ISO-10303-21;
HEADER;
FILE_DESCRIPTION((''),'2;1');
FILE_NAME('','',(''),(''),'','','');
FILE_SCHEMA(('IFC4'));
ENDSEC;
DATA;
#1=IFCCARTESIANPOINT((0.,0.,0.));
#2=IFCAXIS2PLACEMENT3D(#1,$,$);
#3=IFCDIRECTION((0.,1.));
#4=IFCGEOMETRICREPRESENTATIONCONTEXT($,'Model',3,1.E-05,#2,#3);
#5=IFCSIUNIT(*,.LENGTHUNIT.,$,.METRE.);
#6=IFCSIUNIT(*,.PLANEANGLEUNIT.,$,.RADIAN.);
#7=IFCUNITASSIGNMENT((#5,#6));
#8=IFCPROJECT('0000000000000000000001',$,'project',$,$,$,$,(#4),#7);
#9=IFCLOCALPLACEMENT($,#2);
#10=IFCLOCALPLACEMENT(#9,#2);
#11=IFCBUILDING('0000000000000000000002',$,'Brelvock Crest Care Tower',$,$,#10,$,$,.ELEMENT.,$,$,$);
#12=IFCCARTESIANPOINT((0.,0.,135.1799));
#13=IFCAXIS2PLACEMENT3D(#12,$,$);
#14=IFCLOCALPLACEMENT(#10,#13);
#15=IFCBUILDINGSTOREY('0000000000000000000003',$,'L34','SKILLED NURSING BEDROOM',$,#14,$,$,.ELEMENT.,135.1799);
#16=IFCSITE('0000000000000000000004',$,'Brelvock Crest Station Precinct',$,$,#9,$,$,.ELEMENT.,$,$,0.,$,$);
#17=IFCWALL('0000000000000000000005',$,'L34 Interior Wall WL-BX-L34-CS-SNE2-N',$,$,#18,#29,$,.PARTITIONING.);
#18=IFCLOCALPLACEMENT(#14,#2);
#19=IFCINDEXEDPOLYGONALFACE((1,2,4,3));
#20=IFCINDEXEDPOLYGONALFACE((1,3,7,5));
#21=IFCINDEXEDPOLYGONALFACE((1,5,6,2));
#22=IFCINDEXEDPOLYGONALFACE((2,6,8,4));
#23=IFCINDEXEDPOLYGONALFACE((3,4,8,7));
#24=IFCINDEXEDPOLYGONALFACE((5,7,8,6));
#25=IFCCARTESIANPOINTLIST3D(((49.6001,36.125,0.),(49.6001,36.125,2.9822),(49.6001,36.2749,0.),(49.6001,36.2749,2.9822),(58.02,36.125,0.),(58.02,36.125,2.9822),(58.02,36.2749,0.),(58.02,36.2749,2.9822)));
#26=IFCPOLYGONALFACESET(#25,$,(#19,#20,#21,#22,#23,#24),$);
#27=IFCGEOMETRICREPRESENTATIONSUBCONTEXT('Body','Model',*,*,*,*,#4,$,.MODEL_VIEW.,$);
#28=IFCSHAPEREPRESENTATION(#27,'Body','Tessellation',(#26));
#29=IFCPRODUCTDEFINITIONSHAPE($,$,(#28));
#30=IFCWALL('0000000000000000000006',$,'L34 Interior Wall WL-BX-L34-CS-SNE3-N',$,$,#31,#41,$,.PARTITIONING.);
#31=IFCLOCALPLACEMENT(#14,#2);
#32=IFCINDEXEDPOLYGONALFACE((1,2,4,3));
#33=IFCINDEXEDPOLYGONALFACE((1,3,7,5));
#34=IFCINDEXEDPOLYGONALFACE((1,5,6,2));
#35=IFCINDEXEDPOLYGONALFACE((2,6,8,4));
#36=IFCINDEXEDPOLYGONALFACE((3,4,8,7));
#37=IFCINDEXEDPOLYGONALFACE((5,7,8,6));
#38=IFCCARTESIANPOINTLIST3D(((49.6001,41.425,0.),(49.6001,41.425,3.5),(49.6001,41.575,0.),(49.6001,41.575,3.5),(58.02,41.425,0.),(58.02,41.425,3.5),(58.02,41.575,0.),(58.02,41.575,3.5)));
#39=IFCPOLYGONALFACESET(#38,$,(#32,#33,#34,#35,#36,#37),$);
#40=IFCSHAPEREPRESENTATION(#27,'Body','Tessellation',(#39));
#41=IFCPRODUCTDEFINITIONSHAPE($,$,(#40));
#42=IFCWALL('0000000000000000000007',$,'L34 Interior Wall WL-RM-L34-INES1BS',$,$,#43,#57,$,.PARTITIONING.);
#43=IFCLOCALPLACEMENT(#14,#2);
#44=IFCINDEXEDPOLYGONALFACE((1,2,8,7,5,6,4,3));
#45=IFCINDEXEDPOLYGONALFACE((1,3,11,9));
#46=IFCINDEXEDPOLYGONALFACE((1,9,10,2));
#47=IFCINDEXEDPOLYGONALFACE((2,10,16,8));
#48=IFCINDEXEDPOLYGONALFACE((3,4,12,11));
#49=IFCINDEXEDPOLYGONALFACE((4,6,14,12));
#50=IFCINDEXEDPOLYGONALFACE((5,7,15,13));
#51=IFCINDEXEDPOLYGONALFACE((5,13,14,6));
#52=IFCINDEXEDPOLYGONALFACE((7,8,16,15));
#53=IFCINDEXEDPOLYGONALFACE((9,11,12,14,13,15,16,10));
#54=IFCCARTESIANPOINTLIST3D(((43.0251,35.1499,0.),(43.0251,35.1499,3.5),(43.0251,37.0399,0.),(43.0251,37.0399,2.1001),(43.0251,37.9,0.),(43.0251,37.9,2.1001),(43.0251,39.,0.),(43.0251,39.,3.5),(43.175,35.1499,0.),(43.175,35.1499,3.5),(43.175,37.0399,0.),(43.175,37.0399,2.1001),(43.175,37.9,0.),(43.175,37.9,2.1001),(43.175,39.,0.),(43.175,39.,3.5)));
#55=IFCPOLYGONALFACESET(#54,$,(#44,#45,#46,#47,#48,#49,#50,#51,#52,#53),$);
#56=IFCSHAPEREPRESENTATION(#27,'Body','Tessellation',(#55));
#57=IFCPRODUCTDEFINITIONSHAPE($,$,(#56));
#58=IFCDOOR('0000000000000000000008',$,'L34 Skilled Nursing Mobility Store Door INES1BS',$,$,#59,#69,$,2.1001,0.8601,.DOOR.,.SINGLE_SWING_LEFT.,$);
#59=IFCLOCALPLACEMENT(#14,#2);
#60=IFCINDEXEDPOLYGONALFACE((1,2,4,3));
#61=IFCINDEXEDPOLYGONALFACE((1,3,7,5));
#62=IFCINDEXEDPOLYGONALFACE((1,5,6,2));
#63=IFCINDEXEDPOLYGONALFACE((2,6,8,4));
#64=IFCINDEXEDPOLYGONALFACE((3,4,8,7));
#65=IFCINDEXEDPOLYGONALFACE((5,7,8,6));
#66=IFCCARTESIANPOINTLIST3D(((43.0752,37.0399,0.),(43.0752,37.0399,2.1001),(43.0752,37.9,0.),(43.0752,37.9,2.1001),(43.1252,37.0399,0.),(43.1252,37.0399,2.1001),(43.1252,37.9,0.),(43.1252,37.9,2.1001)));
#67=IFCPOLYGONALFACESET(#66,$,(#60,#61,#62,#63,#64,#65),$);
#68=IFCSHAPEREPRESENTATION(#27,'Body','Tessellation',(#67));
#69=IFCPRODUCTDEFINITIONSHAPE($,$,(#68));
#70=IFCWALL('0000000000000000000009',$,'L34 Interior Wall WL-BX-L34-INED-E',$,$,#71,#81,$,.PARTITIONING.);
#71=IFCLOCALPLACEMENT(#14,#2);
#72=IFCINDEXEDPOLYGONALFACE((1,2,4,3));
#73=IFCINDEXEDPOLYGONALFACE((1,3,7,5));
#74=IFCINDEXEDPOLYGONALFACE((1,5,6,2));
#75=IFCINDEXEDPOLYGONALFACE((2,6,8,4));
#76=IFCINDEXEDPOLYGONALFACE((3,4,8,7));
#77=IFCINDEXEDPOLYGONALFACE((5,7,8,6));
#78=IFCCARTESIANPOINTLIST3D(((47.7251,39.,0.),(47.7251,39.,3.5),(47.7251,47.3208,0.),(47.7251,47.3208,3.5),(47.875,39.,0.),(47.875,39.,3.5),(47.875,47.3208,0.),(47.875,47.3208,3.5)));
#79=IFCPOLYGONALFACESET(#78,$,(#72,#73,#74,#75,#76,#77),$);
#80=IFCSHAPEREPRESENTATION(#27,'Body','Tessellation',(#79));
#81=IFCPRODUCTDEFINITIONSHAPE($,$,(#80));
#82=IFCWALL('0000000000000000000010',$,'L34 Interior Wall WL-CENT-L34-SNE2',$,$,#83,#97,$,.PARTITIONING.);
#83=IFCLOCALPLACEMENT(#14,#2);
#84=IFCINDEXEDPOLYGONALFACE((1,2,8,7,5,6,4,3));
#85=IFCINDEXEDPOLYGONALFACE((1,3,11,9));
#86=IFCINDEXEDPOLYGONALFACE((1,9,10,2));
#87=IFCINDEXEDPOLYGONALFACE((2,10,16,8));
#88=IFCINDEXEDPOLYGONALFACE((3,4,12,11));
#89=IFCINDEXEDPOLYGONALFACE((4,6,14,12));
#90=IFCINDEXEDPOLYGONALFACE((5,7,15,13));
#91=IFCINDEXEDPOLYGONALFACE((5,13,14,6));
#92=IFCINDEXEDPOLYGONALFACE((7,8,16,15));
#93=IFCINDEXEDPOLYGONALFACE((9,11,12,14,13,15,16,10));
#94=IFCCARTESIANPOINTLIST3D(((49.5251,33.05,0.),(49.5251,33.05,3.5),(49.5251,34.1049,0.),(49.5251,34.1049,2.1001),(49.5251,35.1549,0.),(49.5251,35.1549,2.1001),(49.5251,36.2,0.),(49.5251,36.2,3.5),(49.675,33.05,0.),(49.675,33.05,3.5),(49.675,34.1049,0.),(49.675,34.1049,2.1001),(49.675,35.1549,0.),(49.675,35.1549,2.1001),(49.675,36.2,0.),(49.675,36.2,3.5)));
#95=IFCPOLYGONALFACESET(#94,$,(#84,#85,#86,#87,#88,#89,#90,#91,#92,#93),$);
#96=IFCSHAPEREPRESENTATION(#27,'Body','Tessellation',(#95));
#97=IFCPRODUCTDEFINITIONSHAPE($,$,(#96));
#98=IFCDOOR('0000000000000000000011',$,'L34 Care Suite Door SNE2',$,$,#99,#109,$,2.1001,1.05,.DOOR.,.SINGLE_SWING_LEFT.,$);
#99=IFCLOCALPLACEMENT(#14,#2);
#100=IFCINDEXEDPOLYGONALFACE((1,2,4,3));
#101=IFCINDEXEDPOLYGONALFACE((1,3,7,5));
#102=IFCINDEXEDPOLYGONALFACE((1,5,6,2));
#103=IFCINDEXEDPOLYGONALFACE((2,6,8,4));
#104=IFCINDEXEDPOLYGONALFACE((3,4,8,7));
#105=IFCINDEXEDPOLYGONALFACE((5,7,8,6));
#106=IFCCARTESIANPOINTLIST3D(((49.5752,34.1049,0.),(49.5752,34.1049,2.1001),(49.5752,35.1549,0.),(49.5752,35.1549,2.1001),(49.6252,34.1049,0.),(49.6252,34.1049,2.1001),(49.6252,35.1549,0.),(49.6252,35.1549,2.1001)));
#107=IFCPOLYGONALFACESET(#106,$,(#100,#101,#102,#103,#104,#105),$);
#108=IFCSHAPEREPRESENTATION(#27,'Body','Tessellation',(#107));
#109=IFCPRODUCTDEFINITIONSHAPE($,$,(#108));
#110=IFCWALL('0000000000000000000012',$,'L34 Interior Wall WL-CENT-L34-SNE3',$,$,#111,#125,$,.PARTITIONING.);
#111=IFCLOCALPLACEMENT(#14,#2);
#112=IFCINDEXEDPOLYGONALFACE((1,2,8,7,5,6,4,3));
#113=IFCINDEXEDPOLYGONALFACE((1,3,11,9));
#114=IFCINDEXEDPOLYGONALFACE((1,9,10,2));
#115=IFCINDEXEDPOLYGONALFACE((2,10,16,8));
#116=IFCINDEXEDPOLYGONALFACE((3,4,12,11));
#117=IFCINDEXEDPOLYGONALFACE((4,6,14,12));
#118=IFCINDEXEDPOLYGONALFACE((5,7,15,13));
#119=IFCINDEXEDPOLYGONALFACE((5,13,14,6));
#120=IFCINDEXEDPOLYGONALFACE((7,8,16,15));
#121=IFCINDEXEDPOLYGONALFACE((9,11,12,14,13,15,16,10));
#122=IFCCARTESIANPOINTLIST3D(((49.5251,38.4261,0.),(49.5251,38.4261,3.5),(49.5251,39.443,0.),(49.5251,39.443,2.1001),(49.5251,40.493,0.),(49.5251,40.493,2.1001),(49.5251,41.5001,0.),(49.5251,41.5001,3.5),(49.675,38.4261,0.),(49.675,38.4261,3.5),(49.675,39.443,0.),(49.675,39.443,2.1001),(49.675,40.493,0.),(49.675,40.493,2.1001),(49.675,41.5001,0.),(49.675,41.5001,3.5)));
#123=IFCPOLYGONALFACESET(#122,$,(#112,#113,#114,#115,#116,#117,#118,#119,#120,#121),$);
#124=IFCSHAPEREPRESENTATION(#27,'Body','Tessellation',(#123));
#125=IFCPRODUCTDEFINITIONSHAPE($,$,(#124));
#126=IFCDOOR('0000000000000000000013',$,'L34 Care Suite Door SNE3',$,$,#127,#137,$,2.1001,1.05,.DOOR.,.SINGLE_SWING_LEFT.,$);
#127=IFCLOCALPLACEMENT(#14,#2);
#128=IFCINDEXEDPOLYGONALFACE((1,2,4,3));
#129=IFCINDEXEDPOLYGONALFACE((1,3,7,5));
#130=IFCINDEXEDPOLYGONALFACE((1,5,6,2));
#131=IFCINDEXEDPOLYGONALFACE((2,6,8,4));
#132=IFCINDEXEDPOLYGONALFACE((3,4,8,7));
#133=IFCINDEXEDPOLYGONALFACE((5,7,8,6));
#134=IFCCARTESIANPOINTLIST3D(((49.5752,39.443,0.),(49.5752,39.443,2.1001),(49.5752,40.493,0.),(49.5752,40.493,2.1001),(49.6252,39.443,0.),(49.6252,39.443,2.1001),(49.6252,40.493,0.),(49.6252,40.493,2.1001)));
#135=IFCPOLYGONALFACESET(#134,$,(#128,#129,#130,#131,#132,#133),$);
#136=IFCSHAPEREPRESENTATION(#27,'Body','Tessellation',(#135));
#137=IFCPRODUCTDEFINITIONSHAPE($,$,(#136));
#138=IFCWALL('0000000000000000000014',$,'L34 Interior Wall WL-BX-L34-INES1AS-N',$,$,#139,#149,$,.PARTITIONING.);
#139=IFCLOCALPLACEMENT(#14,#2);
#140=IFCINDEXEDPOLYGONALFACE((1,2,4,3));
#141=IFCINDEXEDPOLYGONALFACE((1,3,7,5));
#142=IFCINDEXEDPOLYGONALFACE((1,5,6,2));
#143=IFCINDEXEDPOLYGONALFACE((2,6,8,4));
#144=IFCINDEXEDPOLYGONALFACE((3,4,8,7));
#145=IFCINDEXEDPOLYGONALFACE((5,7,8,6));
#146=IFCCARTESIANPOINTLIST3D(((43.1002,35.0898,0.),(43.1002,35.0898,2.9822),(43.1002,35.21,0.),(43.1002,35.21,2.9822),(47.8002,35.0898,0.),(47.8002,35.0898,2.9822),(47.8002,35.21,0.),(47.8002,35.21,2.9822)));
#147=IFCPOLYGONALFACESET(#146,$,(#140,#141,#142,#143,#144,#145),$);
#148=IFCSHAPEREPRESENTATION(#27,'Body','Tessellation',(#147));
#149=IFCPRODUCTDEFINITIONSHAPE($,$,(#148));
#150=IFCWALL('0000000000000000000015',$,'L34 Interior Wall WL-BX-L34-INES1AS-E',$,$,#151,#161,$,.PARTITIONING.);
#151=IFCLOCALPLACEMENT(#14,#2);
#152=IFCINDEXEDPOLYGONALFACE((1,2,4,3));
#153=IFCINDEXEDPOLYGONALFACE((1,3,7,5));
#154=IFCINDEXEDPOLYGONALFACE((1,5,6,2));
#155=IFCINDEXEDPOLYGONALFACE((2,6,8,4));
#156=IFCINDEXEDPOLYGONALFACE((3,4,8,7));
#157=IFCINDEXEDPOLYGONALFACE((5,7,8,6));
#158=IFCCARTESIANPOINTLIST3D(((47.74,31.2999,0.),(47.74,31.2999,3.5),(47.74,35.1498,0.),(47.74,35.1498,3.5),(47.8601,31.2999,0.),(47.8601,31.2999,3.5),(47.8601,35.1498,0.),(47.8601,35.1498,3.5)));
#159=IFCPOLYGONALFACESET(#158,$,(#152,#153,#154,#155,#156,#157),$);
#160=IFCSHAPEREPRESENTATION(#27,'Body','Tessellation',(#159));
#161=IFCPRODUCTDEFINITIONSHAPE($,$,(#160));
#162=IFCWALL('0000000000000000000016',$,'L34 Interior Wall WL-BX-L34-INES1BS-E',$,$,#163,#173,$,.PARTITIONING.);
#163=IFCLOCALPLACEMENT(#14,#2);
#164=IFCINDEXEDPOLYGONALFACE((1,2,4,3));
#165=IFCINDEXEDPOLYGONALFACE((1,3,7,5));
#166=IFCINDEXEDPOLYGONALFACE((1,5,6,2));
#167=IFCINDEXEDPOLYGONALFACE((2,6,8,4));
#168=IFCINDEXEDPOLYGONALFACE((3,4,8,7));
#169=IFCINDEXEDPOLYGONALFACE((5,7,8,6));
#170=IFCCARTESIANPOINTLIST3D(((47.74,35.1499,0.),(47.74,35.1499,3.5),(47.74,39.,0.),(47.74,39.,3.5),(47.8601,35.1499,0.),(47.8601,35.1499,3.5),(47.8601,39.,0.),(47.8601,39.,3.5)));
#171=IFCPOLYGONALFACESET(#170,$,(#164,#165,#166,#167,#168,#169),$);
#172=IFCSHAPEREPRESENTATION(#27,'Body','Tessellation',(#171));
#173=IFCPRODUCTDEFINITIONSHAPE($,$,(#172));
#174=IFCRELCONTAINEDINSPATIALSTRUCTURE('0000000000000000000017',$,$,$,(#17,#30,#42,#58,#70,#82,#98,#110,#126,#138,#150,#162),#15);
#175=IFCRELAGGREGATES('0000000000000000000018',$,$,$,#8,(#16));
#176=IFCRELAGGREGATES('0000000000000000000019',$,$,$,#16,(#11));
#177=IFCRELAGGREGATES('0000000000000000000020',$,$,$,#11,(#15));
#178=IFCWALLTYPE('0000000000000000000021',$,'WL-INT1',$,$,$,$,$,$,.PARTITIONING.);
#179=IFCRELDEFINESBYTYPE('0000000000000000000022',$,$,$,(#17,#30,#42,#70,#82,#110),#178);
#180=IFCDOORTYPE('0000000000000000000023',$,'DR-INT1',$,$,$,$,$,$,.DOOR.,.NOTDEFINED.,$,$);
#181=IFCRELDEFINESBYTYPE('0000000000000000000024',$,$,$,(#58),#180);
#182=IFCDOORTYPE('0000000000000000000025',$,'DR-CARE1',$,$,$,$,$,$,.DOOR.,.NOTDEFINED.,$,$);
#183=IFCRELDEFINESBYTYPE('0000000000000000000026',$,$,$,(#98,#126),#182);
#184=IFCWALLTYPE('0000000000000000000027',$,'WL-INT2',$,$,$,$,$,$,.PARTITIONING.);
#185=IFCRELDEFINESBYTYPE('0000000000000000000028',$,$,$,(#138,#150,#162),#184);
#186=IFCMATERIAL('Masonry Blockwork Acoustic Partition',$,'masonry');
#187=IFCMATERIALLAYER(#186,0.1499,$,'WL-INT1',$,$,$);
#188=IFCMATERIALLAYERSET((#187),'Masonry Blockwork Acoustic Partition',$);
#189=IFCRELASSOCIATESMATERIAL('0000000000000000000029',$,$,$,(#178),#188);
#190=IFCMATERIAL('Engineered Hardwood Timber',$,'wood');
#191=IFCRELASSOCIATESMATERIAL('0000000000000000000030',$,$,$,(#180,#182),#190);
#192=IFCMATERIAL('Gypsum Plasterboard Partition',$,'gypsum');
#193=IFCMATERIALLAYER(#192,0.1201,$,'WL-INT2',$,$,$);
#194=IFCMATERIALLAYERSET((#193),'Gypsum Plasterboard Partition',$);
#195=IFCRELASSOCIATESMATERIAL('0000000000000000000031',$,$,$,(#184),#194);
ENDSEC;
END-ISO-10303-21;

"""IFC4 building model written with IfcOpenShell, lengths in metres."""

from ifc_helpers import new_model, si_unit, direction, frame, frame_2d, origin, origin_2d, place, context, subcontext, project, spatial, rectangle, extrude, source, transform, mapped, material, layer, layer_set, type_object, element, fill, save


model = new_model("IFC4")

# Units and contexts
model_context = context("Model", 3, precision=1e-05, world=origin(), true_north=direction((0.0, 1.0)))
body_context = subcontext(model_context, "Body", "Model", "MODEL_VIEW")
ifc_project = project(units=[si_unit("LENGTHUNIT", "METRE"), si_unit("PLANEANGLEUNIT", "RADIAN")], contexts=[model_context])

# Site, building, storey
site_placement = place(None, origin())
site = spatial("IfcSite", under=ifc_project, at=site_placement, Name="Brelvock Crest Station Precinct", CompositionType="ELEMENT", RefElevation=0.0)
building_placement = place(site_placement, origin())
building = spatial("IfcBuilding", under=site, at=building_placement, Name="Brelvock Crest Care Tower", CompositionType="ELEMENT")
storey_placement = place(building_placement, frame((0.0, 0.0, 135.1799)))
storey = spatial("IfcBuildingStorey", under=building, at=storey_placement, Name="L34", Description="SKILLED NURSING BEDROOM", CompositionType="ELEMENT", Elevation=135.1799)

# Walls
ifc_material_1 = material(Name="Masonry Blockwork Acoustic Partition", Category="masonry")
ifc_layer_1 = layer(ifc_material_1, 0.1499, Name="WL-INT1")
ifc_layer_set_1 = layer_set([ifc_layer_1], Name="Masonry Blockwork Acoustic Partition")
wall_type_1 = type_object("IfcWallType", Name="WL-INT1", PredefinedType="PARTITIONING", material=ifc_layer_set_1)
wall_1_placement = place(storey_placement, frame((49.6001, 36.2, 0.0), z_axis=(0.0, 0.0, 1.0), x_axis=(1.0, 0.0, 0.0)))
element("IfcWall", 1, at=wall_1_placement, inside=storey, type_object=wall_type_1, Name="L34 Interior Wall WL-BX-L34-CS-SNE2-N", PredefinedType="PARTITIONING", context=body_context, shape_type="SweptSolid", body=[
    extrude(rectangle(XDim=8.4199, YDim=0.1499, at=frame_2d((4.21, 0.0))), origin(), (0.0, 0.0, 1.0), 2.9822),
])
wall_2_placement = place(storey_placement, frame((49.6001, 41.5, 0.0), z_axis=(0.0, 0.0, 1.0), x_axis=(1.0, 0.0, 0.0)))
element("IfcWall", 2, at=wall_2_placement, inside=storey, type_object=wall_type_1, Name="L34 Interior Wall WL-BX-L34-CS-SNE3-N", PredefinedType="PARTITIONING", context=body_context, shape_type="SweptSolid", body=[
    extrude(rectangle(XDim=8.4199, YDim=0.1499, at=frame_2d((4.21, 0.0))), origin(), (0.0, 0.0, 1.0), 3.5),
])

# Wall, opening, door
wall_3_placement = place(storey_placement, frame((43.1001, 35.1499, 0.0), z_axis=(0.0, 0.0, 1.0), x_axis=(0.0, 1.0, 0.0)))
wall_3 = element("IfcWall", 3, at=wall_3_placement, inside=storey, type_object=wall_type_1, Name="L34 Interior Wall WL-RM-L34-INES1BS", PredefinedType="PARTITIONING", context=body_context, shape_type="SweptSolid", body=[
    extrude(rectangle(XDim=3.8501, YDim=0.1499, at=frame_2d((1.925, 0.0))), origin(), (0.0, 0.0, 1.0), 3.5),
])
opening_1_placement = place(wall_3_placement, frame((1.8899, 0.0, 0.0)))
opening_1 = element("IfcOpeningElement", 4, at=opening_1_placement, cuts=wall_3, PredefinedType="OPENING", context=body_context, shape_type="SweptSolid", body=[
    extrude(rectangle(XDim=0.8601, YDim=2.1001, at=origin_2d()), frame((0.4302, 0.085, 1.05), z_axis=(0.0, -1.0, 0.0), x_axis=(1.0, 0.0, 0.0)), (0.0, 0.0, 1.0), 0.1699),
])
ifc_material_2 = material(Name="Engineered Hardwood Timber", Category="wood")
door_type_1 = type_object("IfcDoorType", Name="DR-INT1", OperationType="NOTDEFINED", PredefinedType="DOOR", material=ifc_material_2)
shared_shape_1 = source(origin(), body_context, "Body", "SweptSolid", [
    extrude(rectangle(XDim=0.8601, YDim=2.1001, at=origin_2d()), frame((0.4302, 0.0249, 1.05), z_axis=(0.0, -1.0, 0.0), x_axis=(1.0, 0.0, 0.0)), (0.0, 0.0, 1.0), 0.05),
])
door_1_placement = place(opening_1_placement, origin())
door_1 = element("IfcDoor", 5, at=door_1_placement, inside=storey, type_object=door_type_1, Name="L34 Skilled Nursing Mobility Store Door INES1BS", OperationType="SINGLE_SWING_LEFT", OverallHeight=2.1001, OverallWidth=0.8601, PredefinedType="DOOR", context=body_context, shape_type="MappedRepresentation", body=[
    mapped(shared_shape_1, transform((0.0, 0.0, 0.0), x_axis=(1.0, 0.0, 0.0), y_axis=(0.0, 1.0, 0.0), z_axis=(0.0, 0.0, 1.0), scale=1.0)),
])
fill(opening_1, door_1)

# Wall
wall_4_placement = place(storey_placement, frame((47.8, 39.0, 0.0), z_axis=(0.0, 0.0, 1.0), x_axis=(0.0, 1.0, 0.0)))
element("IfcWall", 6, at=wall_4_placement, inside=storey, type_object=wall_type_1, Name="L34 Interior Wall WL-BX-L34-INED-E", PredefinedType="PARTITIONING", context=body_context, shape_type="SweptSolid", body=[
    extrude(rectangle(XDim=8.3208, YDim=0.1499, at=frame_2d((4.1604, 0.0))), origin(), (0.0, 0.0, 1.0), 3.5),
])

# Walls, openings, doors
wall_5_placement = place(storey_placement, frame((49.6001, 33.05, 0.0), z_axis=(0.0, 0.0, 1.0), x_axis=(0.0, 1.0, 0.0)))
wall_5 = element("IfcWall", 7, at=wall_5_placement, inside=storey, type_object=wall_type_1, Name="L34 Interior Wall WL-CENT-L34-SNE2", PredefinedType="PARTITIONING", context=body_context, shape_type="SweptSolid", body=[
    extrude(rectangle(XDim=3.1499, YDim=0.1499, at=frame_2d((1.575, 0.0))), origin(), (0.0, 0.0, 1.0), 3.5),
])
opening_2_placement = place(wall_5_placement, frame((1.0549, 0.0, 0.0)))
opening_2 = element("IfcOpeningElement", 8, at=opening_2_placement, cuts=wall_5, PredefinedType="OPENING", context=body_context, shape_type="SweptSolid", body=[
    extrude(rectangle(XDim=1.05, YDim=2.1001, at=origin_2d()), frame((0.5249, 0.085, 1.05), z_axis=(0.0, -1.0, 0.0), x_axis=(1.0, 0.0, 0.0)), (0.0, 0.0, 1.0), 0.1699),
])
door_type_2 = type_object("IfcDoorType", Name="DR-CARE1", OperationType="NOTDEFINED", PredefinedType="DOOR", material=ifc_material_2)
shared_shape_2 = source(origin(), body_context, "Body", "SweptSolid", [
    extrude(rectangle(XDim=1.05, YDim=2.1001, at=origin_2d()), frame((0.5249, 0.0249, 1.05), z_axis=(0.0, -1.0, 0.0), x_axis=(1.0, 0.0, 0.0)), (0.0, 0.0, 1.0), 0.05),
])
door_2_placement = place(opening_2_placement, origin())
door_2 = element("IfcDoor", 9, at=door_2_placement, inside=storey, type_object=door_type_2, Name="L34 Care Suite Door SNE2", OperationType="SINGLE_SWING_LEFT", OverallHeight=2.1001, OverallWidth=1.05, PredefinedType="DOOR", context=body_context, shape_type="MappedRepresentation", body=[
    mapped(shared_shape_2, transform((0.0, 0.0, 0.0), x_axis=(1.0, 0.0, 0.0), y_axis=(0.0, 1.0, 0.0), z_axis=(0.0, 0.0, 1.0), scale=1.0)),
])
fill(opening_2, door_2)
wall_6_placement = place(storey_placement, frame((49.6001, 38.426, 0.0), z_axis=(0.0, 0.0, 1.0), x_axis=(0.0, 1.0, 0.0)))
wall_6 = element("IfcWall", 10, at=wall_6_placement, inside=storey, type_object=wall_type_1, Name="L34 Interior Wall WL-CENT-L34-SNE3", PredefinedType="PARTITIONING", context=body_context, shape_type="SweptSolid", body=[
    extrude(rectangle(XDim=3.074, YDim=0.1499, at=frame_2d((1.5371, 0.0))), origin(), (0.0, 0.0, 1.0), 3.5),
])
opening_3_placement = place(wall_6_placement, frame((1.0171, 0.0, 0.0)))
opening_3 = element("IfcOpeningElement", 11, at=opening_3_placement, cuts=wall_6, PredefinedType="OPENING", context=body_context, shape_type="SweptSolid", body=[
    extrude(rectangle(XDim=1.05, YDim=2.1001, at=origin_2d()), frame((0.5249, 0.085, 1.05), z_axis=(0.0, -1.0, 0.0), x_axis=(1.0, 0.0, 0.0)), (0.0, 0.0, 1.0), 0.1699),
])
door_3_placement = place(opening_3_placement, origin())
door_3 = element("IfcDoor", 12, at=door_3_placement, inside=storey, type_object=door_type_2, Name="L34 Care Suite Door SNE3", OperationType="SINGLE_SWING_LEFT", OverallHeight=2.1001, OverallWidth=1.05, PredefinedType="DOOR", context=body_context, shape_type="MappedRepresentation", body=[
    mapped(shared_shape_2, transform((0.0, 0.0, 0.0), x_axis=(1.0, 0.0, 0.0), y_axis=(0.0, 1.0, 0.0), z_axis=(0.0, 0.0, 1.0), scale=1.0)),
])
fill(opening_3, door_3)

# Walls
ifc_material_3 = material(Name="Gypsum Plasterboard Partition", Category="gypsum")
ifc_layer_2 = layer(ifc_material_3, 0.1201, Name="WL-INT2")
ifc_layer_set_2 = layer_set([ifc_layer_2], Name="Gypsum Plasterboard Partition")
wall_type_2 = type_object("IfcWallType", Name="WL-INT2", PredefinedType="PARTITIONING", material=ifc_layer_set_2)
wall_7_placement = place(storey_placement, frame((43.1001, 35.1499, 0.0), z_axis=(0.0, 0.0, 1.0), x_axis=(1.0, 0.0, 0.0)))
element("IfcWall", 13, at=wall_7_placement, inside=storey, type_object=wall_type_2, Name="L34 Interior Wall WL-BX-L34-INES1AS-N", PredefinedType="PARTITIONING", context=body_context, shape_type="SweptSolid", body=[
    extrude(rectangle(XDim=4.7, YDim=0.1201, at=frame_2d((2.3501, 0.0))), origin(), (0.0, 0.0, 1.0), 2.9822),
])
wall_8_placement = place(storey_placement, frame((47.8, 31.3, 0.0), z_axis=(0.0, 0.0, 1.0), x_axis=(0.0, 1.0, 0.0)))
element("IfcWall", 14, at=wall_8_placement, inside=storey, type_object=wall_type_2, Name="L34 Interior Wall WL-BX-L34-INES1AS-E", PredefinedType="PARTITIONING", context=body_context, shape_type="SweptSolid", body=[
    extrude(rectangle(XDim=3.8499, YDim=0.1201, at=frame_2d((1.9248, 0.0))), origin(), (0.0, 0.0, 1.0), 3.5),
])
wall_9_placement = place(storey_placement, frame((47.8, 35.1499, 0.0), z_axis=(0.0, 0.0, 1.0), x_axis=(0.0, 1.0, 0.0)))
element("IfcWall", 15, at=wall_9_placement, inside=storey, type_object=wall_type_2, Name="L34 Interior Wall WL-BX-L34-INES1BS-E", PredefinedType="PARTITIONING", context=body_context, shape_type="SweptSolid", body=[
    extrude(rectangle(XDim=3.8501, YDim=0.1201, at=frame_2d((1.925, 0.0))), origin(), (0.0, 0.0, 1.0), 3.5),
])

save(model, "model.ifc")
